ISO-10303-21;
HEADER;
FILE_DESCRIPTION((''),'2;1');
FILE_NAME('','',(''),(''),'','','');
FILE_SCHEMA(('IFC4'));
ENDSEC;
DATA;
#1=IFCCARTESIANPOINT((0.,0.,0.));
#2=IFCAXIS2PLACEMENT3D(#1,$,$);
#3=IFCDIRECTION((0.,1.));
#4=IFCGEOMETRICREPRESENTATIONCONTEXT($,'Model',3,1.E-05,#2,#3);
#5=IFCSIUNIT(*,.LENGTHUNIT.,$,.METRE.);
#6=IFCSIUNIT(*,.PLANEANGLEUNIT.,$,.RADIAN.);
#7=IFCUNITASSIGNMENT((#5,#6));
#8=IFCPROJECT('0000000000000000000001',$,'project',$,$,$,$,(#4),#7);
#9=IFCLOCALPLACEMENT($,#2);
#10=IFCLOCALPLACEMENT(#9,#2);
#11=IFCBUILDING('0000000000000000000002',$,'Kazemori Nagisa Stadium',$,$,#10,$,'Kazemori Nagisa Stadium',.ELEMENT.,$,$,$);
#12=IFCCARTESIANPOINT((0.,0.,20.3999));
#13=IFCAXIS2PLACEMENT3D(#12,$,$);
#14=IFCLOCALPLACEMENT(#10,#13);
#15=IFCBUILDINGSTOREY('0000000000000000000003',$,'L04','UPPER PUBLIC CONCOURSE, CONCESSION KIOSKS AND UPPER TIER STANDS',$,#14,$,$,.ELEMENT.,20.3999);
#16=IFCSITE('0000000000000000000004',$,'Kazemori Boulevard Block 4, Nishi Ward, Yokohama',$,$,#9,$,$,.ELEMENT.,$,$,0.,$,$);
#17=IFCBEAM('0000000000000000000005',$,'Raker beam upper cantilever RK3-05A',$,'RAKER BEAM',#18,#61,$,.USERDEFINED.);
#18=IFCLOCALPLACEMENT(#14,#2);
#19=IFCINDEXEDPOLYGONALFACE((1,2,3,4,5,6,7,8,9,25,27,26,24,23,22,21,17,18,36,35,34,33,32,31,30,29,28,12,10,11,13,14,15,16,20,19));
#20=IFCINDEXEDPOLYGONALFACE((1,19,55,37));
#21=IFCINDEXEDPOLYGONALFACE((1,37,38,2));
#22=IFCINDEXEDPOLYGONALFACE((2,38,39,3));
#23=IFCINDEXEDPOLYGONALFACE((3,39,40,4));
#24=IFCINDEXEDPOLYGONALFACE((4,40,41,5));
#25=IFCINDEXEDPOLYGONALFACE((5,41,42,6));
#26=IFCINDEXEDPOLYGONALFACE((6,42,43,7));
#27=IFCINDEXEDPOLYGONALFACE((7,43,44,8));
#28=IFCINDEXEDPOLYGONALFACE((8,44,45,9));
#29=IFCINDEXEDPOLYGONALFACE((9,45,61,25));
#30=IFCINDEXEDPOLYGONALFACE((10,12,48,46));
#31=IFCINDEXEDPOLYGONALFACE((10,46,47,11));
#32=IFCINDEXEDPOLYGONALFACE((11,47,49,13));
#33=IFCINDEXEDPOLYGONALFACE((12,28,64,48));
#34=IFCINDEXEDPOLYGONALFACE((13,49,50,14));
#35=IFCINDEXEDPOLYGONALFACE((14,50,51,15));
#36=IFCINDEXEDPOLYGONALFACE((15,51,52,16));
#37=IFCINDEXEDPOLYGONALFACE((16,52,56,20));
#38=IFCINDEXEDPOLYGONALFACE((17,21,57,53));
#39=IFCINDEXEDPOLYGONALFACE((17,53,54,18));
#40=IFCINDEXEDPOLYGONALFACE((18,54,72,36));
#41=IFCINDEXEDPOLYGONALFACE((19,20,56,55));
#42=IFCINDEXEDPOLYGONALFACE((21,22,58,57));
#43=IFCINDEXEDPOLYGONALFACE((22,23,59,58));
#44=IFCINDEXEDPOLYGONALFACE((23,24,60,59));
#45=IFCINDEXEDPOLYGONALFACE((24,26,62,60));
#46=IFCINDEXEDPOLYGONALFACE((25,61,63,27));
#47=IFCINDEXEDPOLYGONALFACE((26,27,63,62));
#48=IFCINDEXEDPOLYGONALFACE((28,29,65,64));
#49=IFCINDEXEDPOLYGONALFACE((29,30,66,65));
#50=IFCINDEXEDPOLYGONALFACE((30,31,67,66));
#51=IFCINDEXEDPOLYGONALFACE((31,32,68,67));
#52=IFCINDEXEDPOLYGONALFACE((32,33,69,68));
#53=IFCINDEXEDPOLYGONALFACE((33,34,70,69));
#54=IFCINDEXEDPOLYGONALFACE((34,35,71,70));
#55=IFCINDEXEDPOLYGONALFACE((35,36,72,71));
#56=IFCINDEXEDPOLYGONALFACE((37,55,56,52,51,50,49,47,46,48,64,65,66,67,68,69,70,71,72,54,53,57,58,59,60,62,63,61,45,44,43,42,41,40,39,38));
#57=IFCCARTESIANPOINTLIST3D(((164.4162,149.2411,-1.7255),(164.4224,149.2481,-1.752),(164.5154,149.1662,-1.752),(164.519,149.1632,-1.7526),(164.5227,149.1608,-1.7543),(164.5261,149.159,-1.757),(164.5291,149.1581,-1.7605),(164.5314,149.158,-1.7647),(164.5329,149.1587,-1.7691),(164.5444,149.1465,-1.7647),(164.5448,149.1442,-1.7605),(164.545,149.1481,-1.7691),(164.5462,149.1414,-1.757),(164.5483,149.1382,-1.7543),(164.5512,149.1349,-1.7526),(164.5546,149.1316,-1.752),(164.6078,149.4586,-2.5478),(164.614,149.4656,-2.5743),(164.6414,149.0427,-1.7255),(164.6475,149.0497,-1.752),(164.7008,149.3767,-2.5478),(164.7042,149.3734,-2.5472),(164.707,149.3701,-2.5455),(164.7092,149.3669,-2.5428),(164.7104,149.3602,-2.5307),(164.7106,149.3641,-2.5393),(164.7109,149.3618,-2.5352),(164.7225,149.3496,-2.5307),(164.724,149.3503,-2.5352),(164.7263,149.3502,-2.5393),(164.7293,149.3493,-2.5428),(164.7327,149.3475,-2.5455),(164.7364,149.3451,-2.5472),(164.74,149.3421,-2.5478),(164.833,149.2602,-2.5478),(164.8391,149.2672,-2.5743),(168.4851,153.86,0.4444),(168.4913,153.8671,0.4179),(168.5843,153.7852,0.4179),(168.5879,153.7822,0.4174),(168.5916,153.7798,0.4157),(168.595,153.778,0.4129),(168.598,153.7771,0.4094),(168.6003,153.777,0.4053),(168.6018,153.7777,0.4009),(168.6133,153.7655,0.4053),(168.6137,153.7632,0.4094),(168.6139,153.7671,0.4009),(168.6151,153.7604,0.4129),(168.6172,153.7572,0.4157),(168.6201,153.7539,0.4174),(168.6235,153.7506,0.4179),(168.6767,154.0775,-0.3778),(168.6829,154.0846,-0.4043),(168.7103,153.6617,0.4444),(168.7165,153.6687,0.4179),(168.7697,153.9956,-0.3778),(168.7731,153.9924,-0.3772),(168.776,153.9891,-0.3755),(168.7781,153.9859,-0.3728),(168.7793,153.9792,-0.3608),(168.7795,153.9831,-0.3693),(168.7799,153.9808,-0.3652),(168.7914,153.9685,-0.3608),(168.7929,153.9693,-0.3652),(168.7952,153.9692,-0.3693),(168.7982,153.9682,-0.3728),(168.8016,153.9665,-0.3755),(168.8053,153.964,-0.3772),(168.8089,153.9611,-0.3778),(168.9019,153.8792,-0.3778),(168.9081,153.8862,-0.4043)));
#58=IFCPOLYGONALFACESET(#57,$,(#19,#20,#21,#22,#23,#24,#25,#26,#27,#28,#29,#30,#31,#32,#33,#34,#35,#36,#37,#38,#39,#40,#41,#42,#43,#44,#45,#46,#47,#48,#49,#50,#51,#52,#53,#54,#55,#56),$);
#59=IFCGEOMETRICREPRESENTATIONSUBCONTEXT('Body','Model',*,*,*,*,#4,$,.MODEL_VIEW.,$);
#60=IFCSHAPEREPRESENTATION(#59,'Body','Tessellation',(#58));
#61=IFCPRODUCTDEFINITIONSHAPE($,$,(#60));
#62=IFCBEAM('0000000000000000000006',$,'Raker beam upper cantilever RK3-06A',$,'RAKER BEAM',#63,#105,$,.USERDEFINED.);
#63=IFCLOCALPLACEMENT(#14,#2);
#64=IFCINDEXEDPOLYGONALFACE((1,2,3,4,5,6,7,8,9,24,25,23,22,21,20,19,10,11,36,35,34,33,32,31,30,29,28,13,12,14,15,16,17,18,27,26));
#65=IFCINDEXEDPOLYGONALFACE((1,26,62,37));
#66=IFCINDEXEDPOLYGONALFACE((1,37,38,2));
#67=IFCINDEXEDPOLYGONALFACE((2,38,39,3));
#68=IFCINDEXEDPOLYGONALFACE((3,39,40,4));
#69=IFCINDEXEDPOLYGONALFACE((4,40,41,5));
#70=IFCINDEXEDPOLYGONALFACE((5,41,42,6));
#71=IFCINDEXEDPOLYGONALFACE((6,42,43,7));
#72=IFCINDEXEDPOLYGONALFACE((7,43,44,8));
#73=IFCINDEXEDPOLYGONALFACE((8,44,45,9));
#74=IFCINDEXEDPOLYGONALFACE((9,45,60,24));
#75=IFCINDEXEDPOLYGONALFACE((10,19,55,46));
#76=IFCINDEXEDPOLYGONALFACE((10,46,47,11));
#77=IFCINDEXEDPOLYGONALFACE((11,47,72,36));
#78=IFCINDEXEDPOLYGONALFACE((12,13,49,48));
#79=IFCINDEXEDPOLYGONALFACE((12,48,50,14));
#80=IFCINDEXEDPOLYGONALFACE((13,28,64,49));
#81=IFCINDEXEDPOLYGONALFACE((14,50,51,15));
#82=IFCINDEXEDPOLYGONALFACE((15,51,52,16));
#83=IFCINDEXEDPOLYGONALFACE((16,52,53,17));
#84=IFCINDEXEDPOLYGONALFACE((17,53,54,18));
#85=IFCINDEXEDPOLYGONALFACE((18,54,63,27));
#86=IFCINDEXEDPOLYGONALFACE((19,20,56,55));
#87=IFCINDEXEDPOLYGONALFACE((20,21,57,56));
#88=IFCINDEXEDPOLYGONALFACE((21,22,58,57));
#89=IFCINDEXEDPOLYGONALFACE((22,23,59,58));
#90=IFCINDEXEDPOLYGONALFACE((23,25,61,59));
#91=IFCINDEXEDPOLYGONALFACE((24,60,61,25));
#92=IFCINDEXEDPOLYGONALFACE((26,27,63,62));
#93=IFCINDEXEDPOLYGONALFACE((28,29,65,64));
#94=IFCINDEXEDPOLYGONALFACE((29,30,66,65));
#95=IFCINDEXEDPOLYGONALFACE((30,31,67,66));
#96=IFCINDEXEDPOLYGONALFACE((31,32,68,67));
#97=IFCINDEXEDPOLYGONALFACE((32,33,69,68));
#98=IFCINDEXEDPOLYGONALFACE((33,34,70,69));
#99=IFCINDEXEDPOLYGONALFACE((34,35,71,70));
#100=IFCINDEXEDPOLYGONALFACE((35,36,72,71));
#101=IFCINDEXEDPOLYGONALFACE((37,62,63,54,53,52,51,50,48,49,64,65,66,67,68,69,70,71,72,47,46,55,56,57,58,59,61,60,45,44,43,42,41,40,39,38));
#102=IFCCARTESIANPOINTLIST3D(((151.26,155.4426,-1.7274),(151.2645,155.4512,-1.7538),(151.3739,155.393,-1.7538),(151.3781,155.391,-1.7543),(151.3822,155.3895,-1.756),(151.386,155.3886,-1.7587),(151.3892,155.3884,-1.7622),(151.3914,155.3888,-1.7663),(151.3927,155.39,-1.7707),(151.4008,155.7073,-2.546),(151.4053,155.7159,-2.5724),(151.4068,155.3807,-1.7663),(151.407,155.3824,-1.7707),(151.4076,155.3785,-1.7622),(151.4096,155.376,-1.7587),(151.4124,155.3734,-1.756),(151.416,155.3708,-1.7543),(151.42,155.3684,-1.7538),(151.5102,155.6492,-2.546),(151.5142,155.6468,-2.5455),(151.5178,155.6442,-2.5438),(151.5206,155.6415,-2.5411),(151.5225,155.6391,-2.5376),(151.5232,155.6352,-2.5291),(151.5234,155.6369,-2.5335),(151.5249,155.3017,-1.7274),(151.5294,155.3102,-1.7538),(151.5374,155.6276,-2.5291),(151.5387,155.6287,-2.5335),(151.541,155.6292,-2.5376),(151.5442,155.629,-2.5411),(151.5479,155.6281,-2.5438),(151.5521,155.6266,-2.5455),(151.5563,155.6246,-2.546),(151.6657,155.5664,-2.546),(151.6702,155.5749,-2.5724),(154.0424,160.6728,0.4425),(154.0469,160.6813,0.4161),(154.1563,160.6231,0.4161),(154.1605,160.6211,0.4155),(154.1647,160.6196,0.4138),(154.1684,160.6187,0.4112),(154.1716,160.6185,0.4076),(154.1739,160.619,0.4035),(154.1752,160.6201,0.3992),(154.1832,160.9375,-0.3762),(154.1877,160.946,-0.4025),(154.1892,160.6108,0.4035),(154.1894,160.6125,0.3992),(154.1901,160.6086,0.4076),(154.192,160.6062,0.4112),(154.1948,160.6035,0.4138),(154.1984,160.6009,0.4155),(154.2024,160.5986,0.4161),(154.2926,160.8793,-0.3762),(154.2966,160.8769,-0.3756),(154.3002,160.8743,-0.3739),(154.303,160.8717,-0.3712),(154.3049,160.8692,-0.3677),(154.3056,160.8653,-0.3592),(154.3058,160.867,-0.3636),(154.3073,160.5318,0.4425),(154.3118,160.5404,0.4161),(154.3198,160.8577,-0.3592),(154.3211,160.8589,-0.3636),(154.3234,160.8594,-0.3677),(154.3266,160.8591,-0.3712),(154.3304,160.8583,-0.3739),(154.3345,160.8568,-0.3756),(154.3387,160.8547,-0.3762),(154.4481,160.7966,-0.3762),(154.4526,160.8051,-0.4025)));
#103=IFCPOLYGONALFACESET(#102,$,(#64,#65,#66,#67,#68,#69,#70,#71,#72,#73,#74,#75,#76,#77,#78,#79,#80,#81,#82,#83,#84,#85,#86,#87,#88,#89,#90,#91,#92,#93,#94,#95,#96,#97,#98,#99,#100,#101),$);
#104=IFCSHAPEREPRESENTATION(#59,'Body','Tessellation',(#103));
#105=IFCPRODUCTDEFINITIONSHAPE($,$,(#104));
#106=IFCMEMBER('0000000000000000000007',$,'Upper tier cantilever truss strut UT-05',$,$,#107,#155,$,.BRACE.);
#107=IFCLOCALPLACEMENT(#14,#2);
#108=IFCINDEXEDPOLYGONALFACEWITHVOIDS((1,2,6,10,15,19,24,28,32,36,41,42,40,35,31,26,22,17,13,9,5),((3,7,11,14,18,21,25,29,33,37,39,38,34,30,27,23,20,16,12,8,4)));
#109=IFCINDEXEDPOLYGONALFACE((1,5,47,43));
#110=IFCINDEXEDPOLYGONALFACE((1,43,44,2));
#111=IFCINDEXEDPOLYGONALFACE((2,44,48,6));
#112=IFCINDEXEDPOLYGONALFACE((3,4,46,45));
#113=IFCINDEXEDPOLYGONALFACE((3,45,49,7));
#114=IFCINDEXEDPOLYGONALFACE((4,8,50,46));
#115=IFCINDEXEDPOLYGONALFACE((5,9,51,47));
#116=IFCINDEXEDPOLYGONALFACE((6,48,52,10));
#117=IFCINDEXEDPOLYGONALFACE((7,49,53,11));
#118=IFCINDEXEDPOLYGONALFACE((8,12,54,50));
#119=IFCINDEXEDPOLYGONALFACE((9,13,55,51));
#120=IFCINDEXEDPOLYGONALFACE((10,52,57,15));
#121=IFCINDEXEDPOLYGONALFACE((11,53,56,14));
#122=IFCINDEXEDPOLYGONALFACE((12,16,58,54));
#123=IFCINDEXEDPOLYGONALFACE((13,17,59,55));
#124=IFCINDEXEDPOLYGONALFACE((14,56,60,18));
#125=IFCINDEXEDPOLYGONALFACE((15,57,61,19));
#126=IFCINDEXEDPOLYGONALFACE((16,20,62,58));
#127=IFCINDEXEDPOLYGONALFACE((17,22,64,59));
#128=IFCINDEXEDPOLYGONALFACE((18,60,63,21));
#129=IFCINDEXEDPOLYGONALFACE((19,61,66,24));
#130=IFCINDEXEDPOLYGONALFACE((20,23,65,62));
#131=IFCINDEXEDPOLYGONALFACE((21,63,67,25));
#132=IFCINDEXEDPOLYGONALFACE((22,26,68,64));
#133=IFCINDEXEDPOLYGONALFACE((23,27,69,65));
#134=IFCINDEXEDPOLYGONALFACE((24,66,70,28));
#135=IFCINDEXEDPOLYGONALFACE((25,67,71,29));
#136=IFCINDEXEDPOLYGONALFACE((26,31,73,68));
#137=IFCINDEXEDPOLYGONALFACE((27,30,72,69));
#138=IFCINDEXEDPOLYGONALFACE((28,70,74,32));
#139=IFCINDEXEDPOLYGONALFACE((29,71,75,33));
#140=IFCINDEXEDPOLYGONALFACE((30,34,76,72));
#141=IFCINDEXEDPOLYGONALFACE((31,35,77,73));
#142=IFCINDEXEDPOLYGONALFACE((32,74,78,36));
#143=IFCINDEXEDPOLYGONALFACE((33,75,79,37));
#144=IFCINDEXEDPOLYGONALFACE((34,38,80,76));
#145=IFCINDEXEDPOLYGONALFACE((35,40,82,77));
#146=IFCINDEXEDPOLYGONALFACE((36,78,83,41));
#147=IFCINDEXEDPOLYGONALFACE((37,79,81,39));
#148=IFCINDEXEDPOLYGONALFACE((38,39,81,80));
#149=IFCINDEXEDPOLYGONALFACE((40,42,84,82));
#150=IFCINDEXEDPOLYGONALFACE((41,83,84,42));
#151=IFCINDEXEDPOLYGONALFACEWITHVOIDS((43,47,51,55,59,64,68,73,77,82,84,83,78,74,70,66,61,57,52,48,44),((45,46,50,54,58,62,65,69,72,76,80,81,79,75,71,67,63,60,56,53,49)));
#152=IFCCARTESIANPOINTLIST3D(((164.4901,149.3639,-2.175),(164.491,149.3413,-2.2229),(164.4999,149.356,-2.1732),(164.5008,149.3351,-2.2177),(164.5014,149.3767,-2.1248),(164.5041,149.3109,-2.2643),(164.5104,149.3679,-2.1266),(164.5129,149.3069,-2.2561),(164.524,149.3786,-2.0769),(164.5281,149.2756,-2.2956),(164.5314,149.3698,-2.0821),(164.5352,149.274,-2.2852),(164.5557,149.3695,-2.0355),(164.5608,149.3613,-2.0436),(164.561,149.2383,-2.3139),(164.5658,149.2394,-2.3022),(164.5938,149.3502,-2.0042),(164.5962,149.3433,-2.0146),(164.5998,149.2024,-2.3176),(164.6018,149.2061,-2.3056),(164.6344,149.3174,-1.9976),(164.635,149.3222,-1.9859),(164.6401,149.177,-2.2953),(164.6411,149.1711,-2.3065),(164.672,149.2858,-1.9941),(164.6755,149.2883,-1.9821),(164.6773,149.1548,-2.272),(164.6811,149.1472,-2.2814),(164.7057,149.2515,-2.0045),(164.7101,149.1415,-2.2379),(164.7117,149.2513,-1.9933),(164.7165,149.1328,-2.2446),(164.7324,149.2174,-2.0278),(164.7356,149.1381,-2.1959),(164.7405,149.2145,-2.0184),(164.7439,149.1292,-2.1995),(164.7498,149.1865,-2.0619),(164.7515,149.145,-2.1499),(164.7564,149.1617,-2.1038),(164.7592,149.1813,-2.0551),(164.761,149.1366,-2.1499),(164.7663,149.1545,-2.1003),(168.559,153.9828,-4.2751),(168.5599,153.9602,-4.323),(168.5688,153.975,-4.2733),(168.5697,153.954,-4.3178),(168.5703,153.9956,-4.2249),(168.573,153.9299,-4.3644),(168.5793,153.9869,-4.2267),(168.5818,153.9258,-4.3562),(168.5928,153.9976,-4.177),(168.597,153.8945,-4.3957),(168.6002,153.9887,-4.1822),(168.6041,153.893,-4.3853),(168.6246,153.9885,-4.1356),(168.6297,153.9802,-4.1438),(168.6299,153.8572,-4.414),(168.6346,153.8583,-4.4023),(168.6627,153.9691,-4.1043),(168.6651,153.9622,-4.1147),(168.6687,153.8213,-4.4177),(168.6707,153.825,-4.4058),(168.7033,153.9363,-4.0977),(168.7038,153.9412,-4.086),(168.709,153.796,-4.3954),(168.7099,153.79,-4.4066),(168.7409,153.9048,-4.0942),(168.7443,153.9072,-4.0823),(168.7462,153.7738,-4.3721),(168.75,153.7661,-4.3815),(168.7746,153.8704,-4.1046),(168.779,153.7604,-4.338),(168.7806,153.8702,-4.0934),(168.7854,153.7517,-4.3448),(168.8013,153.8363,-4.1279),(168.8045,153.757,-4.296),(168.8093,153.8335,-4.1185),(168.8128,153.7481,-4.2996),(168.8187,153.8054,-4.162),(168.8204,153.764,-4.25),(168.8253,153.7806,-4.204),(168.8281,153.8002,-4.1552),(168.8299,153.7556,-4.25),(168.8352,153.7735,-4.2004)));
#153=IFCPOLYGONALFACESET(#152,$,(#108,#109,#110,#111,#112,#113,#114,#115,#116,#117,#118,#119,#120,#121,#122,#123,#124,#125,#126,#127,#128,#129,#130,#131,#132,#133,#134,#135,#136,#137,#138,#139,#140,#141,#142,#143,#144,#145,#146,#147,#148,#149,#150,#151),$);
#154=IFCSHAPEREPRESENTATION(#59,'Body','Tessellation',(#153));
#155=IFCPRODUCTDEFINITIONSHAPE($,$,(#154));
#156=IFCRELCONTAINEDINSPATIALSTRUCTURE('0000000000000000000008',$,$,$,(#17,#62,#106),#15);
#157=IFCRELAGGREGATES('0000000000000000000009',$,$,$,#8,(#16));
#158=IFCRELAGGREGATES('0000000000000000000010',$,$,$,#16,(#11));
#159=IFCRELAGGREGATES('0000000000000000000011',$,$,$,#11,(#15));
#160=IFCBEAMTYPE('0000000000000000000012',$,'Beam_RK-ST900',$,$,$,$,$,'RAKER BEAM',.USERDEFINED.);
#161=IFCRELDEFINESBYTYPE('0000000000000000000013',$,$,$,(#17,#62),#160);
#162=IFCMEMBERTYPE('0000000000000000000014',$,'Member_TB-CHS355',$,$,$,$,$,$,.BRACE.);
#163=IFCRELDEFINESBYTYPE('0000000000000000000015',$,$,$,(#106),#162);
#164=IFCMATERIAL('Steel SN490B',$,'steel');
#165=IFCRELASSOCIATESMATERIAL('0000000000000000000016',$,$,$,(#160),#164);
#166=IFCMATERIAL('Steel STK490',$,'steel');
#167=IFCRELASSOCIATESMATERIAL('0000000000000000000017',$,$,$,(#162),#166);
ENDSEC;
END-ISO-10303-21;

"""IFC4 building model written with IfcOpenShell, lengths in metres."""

from ifc_helpers import new_model, si_unit, direction, frame, origin, origin_2d, place, context, subcontext, project, spatial, hollow_circle, i_section, extrude, material, material_profile, profile_set, type_object, element, save


model = new_model("IFC4")

# Units and contexts
model_context = context("Model", 3, precision=1e-05, world=origin(), true_north=direction((0.0, 1.0)))
body_context = subcontext(model_context, "Body", "Model", "MODEL_VIEW")
ifc_project = project(units=[si_unit("LENGTHUNIT", "METRE"), si_unit("PLANEANGLEUNIT", "RADIAN")], contexts=[model_context])

# Site, building, storey
site_placement = place(None, origin())
site = spatial("IfcSite", under=ifc_project, at=site_placement, Name="Kazemori Boulevard Block 4, Nishi Ward, Yokohama", CompositionType="ELEMENT", RefElevation=0.0)
building_placement = place(site_placement, origin())
building = spatial("IfcBuilding", under=site, at=building_placement, Name="Kazemori Nagisa Stadium", LongName="Kazemori Nagisa Stadium", CompositionType="ELEMENT")
storey_placement = place(building_placement, frame((0.0, 0.0, 20.3999)))
storey = spatial("IfcBuildingStorey", under=building, at=storey_placement, Name="L04", Description="UPPER PUBLIC CONCOURSE, CONCESSION KIOSKS AND UPPER TIER STANDS", CompositionType="ELEMENT", Elevation=20.3999)

# Beams
ifc_material_1 = material(Name="Steel SN490B", Category="steel")
ifc_material_profile_1 = material_profile(ifc_material_1, i_section(OverallWidth=0.3, OverallDepth=0.8999, WebThickness=0.0161, FlangeThickness=0.0281, FilletRadius=0.0181, at=origin_2d()), Name="H-900x300x16x28")
ifc_profile_set_1 = profile_set([ifc_material_profile_1], Name="Steel SN490B")
beam_type_1 = type_object("IfcBeamType", Name="Beam_RK-ST900", ElementType="RAKER BEAM", PredefinedType="USERDEFINED", material=ifc_profile_set_1)
beam_1_placement = place(storey_placement, frame((164.6277, 149.2542, -2.1499), z_axis=(0.623412, 0.707689, 0.332467), x_axis=(-0.750374, 0.661014, 0.0)))
element("IfcBeam", 1, at=beam_1_placement, inside=storey, type_object=beam_type_1, Name="Raker beam upper cantilever RK3-05A", ObjectType="RAKER BEAM", PredefinedType="USERDEFINED", context=body_context, shape_type="SweptSolid", body=[
    extrude(i_section(OverallWidth=0.3, OverallDepth=0.8999, WebThickness=0.0161, FlangeThickness=0.0281, FilletRadius=0.0181, at=origin_2d()), origin(), (0.0, 0.0, 1.0), 6.5269),
])
beam_2_placement = place(storey_placement, frame((151.4651, 155.5088, -2.1499), z_axis=(0.441018, 0.828984, 0.34393), x_axis=(-0.882842, 0.46967, 0.0)))
element("IfcBeam", 2, at=beam_2_placement, inside=storey, type_object=beam_type_1, Name="Raker beam upper cantilever RK3-06A", ObjectType="RAKER BEAM", PredefinedType="USERDEFINED", context=body_context, shape_type="SweptSolid", body=[
    extrude(i_section(OverallWidth=0.3, OverallDepth=0.8999, WebThickness=0.0161, FlangeThickness=0.0281, FilletRadius=0.0181, at=origin_2d()), origin(), (0.0, 0.0, 1.0), 6.3091),
])

# Member
ifc_material_2 = material(Name="Steel STK490", Category="steel")
ifc_material_profile_2 = material_profile(ifc_material_2, hollow_circle(Radius=0.1777, WallThickness=0.0127, at=origin_2d()), Name="CHS-355.6x12.7")
ifc_profile_set_2 = profile_set([ifc_material_profile_2], Name="Steel STK490")
member_type = type_object("IfcMemberType", Name="Member_TB-CHS355", PredefinedType="BRACE", material=ifc_profile_set_2)
member_placement = place(storey_placement, frame((168.6965, 153.873, -4.25), z_axis=(-0.625605, -0.710178, 0.3229), x_axis=(0.750374, -0.661014, 0.0)))
element("IfcMember", 3, at=member_placement, inside=storey, type_object=member_type, Name="Upper tier cantilever truss strut UT-05", PredefinedType="BRACE", context=body_context, shape_type="SweptSolid", body=[
    extrude(hollow_circle(Radius=0.1777, WallThickness=0.0127, at=origin_2d()), origin(), (0.0, 0.0, 1.0), 6.5039),
])

save(model, "model.ifc")
